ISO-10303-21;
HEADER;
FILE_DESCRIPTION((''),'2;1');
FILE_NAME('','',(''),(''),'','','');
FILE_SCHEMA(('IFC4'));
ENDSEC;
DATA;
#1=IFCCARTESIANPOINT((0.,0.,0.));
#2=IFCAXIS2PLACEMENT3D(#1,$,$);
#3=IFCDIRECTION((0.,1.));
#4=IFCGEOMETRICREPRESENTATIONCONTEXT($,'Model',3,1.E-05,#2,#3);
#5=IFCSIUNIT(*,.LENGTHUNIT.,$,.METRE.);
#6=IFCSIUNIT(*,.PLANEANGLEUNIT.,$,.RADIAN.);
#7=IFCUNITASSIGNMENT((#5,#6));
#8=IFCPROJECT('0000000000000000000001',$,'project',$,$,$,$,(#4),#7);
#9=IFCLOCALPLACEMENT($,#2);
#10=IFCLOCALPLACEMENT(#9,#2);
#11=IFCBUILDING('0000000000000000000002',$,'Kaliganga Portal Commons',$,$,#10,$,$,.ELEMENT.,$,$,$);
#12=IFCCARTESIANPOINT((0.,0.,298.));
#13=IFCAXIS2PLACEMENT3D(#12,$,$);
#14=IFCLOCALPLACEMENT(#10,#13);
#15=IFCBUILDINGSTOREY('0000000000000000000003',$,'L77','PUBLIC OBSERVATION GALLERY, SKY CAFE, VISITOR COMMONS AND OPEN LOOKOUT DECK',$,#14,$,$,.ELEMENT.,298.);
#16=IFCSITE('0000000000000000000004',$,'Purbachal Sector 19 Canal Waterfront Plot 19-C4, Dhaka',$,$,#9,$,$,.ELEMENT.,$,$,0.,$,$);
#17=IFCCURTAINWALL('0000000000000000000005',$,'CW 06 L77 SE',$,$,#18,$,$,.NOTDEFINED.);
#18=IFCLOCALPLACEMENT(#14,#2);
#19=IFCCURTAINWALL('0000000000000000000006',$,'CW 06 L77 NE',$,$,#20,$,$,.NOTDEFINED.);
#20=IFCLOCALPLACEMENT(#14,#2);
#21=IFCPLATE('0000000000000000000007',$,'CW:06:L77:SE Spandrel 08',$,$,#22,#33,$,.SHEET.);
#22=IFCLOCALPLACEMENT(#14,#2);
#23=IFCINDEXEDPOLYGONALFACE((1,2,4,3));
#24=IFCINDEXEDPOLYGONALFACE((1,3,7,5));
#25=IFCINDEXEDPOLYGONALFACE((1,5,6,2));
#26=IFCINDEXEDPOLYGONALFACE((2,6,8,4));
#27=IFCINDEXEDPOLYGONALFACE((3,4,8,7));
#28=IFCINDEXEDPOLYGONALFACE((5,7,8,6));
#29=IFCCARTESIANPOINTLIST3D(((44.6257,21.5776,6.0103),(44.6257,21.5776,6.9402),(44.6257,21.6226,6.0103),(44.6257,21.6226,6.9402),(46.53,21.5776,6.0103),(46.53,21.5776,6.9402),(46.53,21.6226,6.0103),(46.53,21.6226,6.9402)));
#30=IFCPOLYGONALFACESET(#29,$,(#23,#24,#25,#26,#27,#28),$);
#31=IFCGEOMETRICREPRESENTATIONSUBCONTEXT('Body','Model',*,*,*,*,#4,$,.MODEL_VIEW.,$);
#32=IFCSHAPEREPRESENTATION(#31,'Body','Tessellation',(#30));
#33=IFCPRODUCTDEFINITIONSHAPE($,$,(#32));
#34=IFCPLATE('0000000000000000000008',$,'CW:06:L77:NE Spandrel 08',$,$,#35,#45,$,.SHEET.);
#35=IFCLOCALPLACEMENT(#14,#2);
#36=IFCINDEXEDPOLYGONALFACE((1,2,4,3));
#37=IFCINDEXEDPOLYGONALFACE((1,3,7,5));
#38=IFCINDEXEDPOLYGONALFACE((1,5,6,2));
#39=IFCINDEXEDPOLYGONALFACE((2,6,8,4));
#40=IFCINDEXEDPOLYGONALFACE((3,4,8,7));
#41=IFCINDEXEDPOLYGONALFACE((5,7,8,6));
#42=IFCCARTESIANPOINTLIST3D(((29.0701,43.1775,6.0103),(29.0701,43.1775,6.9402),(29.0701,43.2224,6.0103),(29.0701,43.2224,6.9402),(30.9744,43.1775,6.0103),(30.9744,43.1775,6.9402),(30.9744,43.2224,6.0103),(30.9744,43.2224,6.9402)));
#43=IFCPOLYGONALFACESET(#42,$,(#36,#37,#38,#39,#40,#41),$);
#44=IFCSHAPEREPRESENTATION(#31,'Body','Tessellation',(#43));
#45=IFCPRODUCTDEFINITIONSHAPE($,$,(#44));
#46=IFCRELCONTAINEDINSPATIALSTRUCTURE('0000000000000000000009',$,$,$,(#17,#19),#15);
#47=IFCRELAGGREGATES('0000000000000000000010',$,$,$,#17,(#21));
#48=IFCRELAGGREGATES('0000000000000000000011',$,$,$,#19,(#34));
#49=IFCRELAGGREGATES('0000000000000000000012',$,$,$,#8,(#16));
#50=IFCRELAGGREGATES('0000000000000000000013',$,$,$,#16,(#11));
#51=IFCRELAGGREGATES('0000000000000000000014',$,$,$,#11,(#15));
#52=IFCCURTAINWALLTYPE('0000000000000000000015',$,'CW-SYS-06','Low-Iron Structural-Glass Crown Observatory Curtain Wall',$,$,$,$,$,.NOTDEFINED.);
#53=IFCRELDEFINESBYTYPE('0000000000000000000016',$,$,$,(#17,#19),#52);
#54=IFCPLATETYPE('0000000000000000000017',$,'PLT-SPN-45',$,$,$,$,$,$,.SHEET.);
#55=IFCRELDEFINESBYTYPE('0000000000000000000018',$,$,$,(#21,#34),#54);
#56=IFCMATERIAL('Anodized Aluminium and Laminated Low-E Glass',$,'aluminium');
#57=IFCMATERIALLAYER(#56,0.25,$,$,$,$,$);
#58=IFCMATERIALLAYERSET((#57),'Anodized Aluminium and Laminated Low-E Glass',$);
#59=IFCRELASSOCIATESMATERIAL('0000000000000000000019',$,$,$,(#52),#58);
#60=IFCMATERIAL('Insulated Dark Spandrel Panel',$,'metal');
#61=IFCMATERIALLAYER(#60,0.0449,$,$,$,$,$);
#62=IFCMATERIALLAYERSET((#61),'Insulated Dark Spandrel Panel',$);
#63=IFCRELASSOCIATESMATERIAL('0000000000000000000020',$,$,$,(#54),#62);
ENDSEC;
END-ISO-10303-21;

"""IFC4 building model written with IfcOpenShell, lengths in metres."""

from ifc_helpers import new_model, si_unit, direction, frame, origin, origin_2d, place, context, subcontext, project, spatial, rectangle, extrude, source, transform, mapped, material, layer, layer_set, type_object, element, aggregate, save


model = new_model("IFC4")

# Units and contexts
model_context = context("Model", 3, precision=1e-05, world=origin(), true_north=direction((0.0, 1.0)))
body_context = subcontext(model_context, "Body", "Model", "MODEL_VIEW")
ifc_project = project(units=[si_unit("LENGTHUNIT", "METRE"), si_unit("PLANEANGLEUNIT", "RADIAN")], contexts=[model_context])

# Site, building, storey
site_placement = place(None, origin())
site = spatial("IfcSite", under=ifc_project, at=site_placement, Name="Purbachal Sector 19 Canal Waterfront Plot 19-C4, Dhaka", CompositionType="ELEMENT", RefElevation=0.0)
building_placement = place(site_placement, origin())
building = spatial("IfcBuilding", under=site, at=building_placement, Name="Kaliganga Portal Commons", CompositionType="ELEMENT")
storey_placement = place(building_placement, frame((0.0, 0.0, 298.0)))
storey = spatial("IfcBuildingStorey", under=building, at=storey_placement, Name="L77", Description="PUBLIC OBSERVATION GALLERY, SKY CAFE, VISITOR COMMONS AND OPEN LOOKOUT DECK", CompositionType="ELEMENT", Elevation=298.0)

# Curtain walls
ifc_material_1 = material(Name="Anodized Aluminium and Laminated Low-E Glass", Category="aluminium")
ifc_layer_1 = layer(ifc_material_1, 0.25)
ifc_layer_set_1 = layer_set([ifc_layer_1], Name="Anodized Aluminium and Laminated Low-E Glass")
curtain_wall_type = type_object("IfcCurtainWallType", Name="CW-SYS-06", Description="Low-Iron Structural-Glass Crown Observatory Curtain Wall", PredefinedType="NOTDEFINED", material=ifc_layer_set_1)
curtain_wall_1_placement = place(storey_placement, origin())
curtain_wall_1 = element("IfcCurtainWall", 1, at=curtain_wall_1_placement, inside=storey, type_object=curtain_wall_type, Name="CW 06 L77 SE", PredefinedType="NOTDEFINED")
curtain_wall_2_placement = place(storey_placement, origin())
curtain_wall_2 = element("IfcCurtainWall", 2, at=curtain_wall_2_placement, inside=storey, type_object=curtain_wall_type, Name="CW 06 L77 NE", PredefinedType="NOTDEFINED")

# Shared definitions
ifc_material_2 = material(Name="Insulated Dark Spandrel Panel", Category="metal")
ifc_layer_2 = layer(ifc_material_2, 0.0449)
ifc_layer_set_2 = layer_set([ifc_layer_2], Name="Insulated Dark Spandrel Panel")
plate_type = type_object("IfcPlateType", Name="PLT-SPN-45", PredefinedType="SHEET", material=ifc_layer_set_2)

# Plates
shared_shape_1 = source(origin(), body_context, "Body", "SweptSolid", [
    extrude(rectangle(XDim=1.9043, YDim=0.0449, at=origin_2d()), origin(), (0.0, 0.0, 1.0), 0.9299),
])
plate_1_placement = place(storey_placement, frame((45.5779, 21.6001, 6.0103), z_axis=(0.0, 0.0, 1.0), x_axis=(1.0, 0.0, 0.0)))
plate_1 = element("IfcPlate", 3, at=plate_1_placement, type_object=plate_type, Name="CW:06:L77:SE Spandrel 08", PredefinedType="SHEET", context=body_context, shape_type="MappedRepresentation", body=[
    mapped(shared_shape_1, transform((0.0, 0.0, 0.0), x_axis=(1.0, 0.0, 0.0), y_axis=(0.0, 1.0, 0.0), z_axis=(0.0, 0.0, 1.0), scale=1.0)),
])
aggregate(curtain_wall_1, [plate_1])
plate_2_placement = place(storey_placement, frame((30.0222, 43.2, 6.0103), z_axis=(0.0, 0.0, 1.0), x_axis=(-1.0, 0.0, 0.0)))
plate_2 = element("IfcPlate", 4, at=plate_2_placement, type_object=plate_type, Name="CW:06:L77:NE Spandrel 08", PredefinedType="SHEET", context=body_context, shape_type="MappedRepresentation", body=[
    mapped(shared_shape_1, transform((0.0, 0.0, 0.0), x_axis=(1.0, 0.0, 0.0), y_axis=(0.0, 1.0, 0.0), z_axis=(0.0, 0.0, 1.0), scale=1.0)),
])
aggregate(curtain_wall_2, [plate_2])

save(model, "model.ifc")
